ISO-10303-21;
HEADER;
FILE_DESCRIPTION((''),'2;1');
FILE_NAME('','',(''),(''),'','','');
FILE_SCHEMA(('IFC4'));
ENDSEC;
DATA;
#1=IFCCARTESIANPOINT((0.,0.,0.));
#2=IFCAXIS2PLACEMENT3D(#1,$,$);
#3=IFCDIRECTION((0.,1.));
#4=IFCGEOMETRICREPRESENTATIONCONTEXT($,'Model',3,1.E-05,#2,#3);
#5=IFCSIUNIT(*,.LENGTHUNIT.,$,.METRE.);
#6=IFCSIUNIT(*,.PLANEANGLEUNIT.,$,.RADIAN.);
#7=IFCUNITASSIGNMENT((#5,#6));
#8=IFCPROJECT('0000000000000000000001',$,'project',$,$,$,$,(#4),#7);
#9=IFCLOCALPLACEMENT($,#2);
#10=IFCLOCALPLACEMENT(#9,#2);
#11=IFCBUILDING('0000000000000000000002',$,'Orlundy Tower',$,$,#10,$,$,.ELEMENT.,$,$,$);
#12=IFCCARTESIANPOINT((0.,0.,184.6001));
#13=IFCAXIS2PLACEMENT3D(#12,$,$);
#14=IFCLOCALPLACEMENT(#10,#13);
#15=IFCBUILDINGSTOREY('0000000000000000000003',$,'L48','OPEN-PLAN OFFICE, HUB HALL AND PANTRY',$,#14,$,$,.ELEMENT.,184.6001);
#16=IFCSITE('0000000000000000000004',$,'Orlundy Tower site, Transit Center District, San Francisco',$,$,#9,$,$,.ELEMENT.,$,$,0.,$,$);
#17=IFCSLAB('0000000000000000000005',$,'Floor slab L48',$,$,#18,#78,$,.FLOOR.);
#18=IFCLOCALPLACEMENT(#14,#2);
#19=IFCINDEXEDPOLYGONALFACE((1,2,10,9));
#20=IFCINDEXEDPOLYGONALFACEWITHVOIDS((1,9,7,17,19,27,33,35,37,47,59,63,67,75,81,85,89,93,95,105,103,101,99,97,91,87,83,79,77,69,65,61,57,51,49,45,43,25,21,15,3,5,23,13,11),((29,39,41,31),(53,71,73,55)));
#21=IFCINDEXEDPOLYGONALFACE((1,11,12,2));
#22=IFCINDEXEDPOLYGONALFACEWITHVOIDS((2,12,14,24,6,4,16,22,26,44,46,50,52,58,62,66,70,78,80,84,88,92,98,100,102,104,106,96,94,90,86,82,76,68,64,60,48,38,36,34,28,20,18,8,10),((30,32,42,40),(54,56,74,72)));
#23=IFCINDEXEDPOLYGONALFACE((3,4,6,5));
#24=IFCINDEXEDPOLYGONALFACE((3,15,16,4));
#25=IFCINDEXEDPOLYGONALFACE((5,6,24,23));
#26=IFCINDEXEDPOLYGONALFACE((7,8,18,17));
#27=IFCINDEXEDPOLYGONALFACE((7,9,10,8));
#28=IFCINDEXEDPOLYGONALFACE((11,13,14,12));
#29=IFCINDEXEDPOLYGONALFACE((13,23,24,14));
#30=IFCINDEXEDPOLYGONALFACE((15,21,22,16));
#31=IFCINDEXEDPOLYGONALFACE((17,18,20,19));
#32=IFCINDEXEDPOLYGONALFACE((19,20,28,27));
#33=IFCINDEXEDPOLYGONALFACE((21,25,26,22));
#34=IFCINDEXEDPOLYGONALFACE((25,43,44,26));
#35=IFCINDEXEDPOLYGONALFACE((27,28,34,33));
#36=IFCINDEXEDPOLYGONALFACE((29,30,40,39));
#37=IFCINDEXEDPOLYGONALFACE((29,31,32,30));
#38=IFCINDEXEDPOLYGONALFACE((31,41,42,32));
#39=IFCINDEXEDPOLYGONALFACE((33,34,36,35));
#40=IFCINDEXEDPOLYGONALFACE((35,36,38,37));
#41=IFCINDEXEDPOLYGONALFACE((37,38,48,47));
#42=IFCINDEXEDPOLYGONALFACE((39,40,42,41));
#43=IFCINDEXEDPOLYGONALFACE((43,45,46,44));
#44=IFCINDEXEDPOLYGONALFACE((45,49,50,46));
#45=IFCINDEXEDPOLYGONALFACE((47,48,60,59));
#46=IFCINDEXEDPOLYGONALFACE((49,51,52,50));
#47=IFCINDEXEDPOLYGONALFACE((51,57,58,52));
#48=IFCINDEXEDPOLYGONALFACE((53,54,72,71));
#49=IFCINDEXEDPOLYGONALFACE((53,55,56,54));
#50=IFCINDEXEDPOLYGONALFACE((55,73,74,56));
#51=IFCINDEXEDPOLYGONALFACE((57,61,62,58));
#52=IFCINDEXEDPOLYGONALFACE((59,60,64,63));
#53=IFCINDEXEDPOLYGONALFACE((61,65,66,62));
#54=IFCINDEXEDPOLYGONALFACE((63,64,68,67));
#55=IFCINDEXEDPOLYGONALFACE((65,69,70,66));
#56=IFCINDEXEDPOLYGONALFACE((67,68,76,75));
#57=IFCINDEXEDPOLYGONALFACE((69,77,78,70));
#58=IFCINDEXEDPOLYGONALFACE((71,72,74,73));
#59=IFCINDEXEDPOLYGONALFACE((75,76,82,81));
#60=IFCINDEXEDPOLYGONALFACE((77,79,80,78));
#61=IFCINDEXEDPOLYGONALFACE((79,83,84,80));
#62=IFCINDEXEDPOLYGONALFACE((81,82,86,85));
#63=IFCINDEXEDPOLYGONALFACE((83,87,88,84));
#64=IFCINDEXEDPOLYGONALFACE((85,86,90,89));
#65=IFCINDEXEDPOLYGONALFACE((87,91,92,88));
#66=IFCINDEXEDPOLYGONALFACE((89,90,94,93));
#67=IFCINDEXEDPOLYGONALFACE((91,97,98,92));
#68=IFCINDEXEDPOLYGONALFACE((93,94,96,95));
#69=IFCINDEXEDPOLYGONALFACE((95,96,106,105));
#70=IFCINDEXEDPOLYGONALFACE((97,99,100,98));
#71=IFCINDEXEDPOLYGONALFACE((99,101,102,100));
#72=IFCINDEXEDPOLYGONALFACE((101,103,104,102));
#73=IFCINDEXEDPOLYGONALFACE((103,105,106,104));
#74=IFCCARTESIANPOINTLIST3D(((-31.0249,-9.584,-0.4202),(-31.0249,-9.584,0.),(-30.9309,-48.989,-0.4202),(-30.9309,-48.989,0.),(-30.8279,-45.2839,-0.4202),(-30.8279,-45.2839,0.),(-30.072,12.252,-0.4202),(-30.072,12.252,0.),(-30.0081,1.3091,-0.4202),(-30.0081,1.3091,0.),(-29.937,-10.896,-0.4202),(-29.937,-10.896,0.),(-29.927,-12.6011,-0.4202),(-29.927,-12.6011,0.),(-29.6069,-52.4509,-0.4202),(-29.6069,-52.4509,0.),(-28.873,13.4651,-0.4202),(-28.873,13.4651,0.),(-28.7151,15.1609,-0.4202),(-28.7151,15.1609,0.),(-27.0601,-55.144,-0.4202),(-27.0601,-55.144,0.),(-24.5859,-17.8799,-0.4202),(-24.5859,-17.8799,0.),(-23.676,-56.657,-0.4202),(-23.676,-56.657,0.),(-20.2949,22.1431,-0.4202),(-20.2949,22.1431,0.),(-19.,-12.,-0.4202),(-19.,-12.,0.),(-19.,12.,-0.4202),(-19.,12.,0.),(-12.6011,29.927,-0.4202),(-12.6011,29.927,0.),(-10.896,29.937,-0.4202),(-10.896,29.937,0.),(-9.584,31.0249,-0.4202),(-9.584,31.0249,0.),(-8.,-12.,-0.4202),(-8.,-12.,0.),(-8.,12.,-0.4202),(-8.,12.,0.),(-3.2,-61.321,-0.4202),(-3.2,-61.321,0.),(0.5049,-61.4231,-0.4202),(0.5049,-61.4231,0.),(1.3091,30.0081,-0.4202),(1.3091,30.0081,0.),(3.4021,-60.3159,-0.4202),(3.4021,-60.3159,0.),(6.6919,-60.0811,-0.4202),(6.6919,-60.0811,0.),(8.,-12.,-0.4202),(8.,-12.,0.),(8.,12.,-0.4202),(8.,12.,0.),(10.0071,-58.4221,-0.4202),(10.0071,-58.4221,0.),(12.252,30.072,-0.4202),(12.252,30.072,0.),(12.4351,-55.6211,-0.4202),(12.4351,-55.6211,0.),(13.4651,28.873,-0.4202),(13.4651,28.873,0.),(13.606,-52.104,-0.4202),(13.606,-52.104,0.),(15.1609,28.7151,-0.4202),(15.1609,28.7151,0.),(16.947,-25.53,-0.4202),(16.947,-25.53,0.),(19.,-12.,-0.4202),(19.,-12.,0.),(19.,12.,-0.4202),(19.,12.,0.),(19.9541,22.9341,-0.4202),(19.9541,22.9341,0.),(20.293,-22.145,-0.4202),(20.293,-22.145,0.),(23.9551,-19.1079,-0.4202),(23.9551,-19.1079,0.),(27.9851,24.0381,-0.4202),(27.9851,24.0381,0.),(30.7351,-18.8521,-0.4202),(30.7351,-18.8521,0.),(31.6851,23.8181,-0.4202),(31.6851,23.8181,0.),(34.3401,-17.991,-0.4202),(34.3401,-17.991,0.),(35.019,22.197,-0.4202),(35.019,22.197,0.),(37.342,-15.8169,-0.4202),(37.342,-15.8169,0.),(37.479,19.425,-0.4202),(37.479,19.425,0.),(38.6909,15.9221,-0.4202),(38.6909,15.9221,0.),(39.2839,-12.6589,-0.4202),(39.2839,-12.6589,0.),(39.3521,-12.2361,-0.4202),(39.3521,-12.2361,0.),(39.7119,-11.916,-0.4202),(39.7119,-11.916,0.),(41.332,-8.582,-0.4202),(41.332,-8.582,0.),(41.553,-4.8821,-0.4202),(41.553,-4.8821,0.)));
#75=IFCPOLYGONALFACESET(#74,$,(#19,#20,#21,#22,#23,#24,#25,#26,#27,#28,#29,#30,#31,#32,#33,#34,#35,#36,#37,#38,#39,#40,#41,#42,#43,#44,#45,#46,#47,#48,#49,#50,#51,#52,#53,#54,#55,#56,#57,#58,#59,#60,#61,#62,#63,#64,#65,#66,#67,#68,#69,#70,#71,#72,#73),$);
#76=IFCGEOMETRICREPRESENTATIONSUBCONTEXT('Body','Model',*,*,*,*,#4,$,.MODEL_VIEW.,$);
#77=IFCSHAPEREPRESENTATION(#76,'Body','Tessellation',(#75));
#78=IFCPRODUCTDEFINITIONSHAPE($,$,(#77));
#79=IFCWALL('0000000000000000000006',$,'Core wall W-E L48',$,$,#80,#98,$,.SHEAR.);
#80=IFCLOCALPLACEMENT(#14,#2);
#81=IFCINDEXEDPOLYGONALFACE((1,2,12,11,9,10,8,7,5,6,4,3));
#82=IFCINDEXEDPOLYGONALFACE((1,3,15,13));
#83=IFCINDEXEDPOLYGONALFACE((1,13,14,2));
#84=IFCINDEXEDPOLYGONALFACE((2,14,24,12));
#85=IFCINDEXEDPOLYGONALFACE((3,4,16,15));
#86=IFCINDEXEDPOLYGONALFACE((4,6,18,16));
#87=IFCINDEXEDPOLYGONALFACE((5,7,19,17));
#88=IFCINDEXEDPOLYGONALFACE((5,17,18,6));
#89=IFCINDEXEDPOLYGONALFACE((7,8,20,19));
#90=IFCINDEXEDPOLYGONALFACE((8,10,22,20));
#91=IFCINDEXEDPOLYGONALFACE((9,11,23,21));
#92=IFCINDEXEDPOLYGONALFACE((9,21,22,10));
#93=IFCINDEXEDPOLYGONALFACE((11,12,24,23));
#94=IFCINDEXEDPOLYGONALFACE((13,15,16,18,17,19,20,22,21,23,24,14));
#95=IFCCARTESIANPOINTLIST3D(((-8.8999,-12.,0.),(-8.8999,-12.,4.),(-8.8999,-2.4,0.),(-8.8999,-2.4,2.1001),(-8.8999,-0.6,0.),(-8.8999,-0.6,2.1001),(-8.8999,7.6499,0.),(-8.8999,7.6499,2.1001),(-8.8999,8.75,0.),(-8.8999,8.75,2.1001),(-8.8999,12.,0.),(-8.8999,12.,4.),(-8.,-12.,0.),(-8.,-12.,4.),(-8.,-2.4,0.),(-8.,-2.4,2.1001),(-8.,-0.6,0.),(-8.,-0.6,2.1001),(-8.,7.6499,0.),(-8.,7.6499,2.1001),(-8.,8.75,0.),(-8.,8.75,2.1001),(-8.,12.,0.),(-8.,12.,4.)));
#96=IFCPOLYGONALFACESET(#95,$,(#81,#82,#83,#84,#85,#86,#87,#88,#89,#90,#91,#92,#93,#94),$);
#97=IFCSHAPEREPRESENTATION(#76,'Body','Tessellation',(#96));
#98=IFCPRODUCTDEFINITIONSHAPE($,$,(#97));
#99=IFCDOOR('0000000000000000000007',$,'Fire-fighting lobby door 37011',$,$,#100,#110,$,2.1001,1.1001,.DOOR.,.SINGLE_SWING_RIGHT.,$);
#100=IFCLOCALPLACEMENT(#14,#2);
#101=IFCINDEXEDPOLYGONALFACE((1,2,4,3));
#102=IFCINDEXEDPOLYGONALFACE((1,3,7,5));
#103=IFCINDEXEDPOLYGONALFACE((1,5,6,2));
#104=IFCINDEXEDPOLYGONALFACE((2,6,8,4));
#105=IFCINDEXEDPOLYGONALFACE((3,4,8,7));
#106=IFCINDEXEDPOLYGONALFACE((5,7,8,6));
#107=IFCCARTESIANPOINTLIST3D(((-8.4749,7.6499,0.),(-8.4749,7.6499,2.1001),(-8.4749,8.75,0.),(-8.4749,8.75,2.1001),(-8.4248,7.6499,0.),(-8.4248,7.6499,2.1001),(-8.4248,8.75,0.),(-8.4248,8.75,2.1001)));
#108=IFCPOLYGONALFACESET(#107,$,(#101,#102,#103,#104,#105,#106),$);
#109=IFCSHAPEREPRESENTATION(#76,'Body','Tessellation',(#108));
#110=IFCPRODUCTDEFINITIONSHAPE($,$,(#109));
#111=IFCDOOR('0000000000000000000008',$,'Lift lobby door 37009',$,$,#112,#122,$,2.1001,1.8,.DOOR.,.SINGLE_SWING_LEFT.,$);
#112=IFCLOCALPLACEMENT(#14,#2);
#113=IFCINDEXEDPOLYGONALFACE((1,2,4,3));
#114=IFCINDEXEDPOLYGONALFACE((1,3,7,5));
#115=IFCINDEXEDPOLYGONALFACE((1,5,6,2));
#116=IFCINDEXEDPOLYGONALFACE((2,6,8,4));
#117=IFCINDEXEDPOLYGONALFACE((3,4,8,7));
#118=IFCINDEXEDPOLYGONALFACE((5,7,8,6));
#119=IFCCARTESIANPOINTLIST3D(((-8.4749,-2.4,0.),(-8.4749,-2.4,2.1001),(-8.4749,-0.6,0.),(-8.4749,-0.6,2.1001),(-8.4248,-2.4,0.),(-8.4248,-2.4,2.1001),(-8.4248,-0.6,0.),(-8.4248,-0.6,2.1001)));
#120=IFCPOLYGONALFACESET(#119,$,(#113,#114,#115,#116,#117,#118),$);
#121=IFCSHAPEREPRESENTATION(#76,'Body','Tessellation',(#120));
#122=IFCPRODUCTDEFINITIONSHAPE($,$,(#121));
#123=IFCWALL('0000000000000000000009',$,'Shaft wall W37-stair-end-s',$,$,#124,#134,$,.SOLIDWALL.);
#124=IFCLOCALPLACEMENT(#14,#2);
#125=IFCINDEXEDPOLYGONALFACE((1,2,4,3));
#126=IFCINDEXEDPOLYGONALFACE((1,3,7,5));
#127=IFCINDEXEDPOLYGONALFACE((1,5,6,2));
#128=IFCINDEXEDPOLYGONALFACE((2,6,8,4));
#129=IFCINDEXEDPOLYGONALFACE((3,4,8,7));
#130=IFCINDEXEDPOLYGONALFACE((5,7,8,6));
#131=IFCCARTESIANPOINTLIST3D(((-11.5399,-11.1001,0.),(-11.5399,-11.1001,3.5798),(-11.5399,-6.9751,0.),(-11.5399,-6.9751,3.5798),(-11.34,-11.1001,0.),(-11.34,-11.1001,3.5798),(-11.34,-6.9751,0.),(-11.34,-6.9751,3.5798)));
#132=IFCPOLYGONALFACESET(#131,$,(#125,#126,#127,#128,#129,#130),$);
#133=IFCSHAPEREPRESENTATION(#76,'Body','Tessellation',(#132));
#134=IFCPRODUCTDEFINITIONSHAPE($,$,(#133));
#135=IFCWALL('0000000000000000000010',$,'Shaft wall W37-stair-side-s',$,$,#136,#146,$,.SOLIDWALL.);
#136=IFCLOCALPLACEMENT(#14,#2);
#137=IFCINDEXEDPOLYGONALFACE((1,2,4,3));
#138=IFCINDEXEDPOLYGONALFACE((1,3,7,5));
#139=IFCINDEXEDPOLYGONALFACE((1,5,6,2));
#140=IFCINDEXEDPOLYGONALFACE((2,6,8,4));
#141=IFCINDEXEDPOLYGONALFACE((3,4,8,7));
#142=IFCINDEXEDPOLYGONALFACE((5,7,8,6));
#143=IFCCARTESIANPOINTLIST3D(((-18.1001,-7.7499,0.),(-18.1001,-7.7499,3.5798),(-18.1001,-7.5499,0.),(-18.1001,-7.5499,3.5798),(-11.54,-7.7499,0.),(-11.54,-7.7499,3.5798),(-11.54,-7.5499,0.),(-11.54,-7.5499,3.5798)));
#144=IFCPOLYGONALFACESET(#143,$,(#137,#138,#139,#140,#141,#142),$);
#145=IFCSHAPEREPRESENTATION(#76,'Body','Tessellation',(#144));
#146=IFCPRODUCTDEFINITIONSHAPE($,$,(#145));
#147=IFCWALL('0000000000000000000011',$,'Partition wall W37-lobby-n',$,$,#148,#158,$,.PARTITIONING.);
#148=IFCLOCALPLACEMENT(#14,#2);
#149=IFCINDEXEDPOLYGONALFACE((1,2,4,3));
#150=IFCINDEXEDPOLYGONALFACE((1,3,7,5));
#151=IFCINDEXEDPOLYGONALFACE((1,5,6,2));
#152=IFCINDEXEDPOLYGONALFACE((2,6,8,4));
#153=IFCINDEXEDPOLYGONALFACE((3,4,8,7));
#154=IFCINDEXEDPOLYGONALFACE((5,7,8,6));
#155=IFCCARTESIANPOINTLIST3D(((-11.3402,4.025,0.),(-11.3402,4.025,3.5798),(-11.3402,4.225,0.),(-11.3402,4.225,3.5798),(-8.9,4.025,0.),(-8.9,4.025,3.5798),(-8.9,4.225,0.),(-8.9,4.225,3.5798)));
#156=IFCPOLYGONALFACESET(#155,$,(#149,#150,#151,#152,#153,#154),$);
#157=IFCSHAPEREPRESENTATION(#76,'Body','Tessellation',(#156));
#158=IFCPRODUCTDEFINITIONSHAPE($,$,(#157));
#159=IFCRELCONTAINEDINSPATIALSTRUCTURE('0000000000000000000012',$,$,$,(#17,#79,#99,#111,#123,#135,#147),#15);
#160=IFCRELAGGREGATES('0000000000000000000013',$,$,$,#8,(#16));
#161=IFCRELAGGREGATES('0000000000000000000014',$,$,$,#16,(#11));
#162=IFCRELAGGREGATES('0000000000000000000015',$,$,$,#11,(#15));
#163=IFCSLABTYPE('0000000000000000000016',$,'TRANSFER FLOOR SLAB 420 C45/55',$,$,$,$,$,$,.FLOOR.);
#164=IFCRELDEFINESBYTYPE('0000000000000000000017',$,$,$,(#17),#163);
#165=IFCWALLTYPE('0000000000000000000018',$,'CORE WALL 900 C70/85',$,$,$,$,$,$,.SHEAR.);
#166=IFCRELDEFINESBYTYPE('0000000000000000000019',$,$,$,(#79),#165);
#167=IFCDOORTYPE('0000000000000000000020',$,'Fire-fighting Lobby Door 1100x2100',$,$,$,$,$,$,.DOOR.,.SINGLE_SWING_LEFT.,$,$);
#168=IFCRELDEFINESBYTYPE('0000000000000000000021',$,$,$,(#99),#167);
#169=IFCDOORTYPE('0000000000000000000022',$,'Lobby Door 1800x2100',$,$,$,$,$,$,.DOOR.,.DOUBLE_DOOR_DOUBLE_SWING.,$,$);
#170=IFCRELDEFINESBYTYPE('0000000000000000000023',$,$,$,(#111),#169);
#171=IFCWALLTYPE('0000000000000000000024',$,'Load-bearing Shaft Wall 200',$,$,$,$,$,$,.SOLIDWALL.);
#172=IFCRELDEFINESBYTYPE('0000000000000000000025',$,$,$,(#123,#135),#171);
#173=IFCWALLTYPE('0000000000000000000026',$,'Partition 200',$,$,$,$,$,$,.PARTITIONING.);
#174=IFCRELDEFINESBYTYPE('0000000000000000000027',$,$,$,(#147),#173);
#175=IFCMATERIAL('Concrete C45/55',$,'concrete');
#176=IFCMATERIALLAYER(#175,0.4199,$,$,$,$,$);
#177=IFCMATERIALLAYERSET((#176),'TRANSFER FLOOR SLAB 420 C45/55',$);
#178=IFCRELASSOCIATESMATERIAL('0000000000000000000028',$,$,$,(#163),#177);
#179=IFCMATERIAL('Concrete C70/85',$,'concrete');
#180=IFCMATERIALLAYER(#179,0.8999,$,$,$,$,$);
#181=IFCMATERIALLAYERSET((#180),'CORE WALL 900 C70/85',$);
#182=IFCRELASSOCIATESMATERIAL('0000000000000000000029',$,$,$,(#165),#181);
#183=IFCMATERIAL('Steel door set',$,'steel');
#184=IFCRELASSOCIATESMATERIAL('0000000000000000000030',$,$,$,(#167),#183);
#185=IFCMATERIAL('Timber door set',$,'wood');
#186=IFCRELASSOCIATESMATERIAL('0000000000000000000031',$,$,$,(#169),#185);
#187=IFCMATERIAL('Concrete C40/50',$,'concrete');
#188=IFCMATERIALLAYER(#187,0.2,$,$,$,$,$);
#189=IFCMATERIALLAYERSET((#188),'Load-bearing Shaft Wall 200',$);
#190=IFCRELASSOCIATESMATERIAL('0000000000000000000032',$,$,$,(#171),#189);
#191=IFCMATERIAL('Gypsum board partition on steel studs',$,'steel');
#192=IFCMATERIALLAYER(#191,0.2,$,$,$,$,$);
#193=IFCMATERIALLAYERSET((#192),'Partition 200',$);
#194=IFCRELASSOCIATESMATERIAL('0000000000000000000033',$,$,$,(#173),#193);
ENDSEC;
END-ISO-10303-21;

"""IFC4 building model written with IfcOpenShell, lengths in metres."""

from ifc_helpers import new_model, si_unit, direction, frame, frame_2d, origin, place, context, subcontext, project, spatial, polyline, rectangle, outline, extrude, material, layer, layer_set, type_object, element, fill, save


model = new_model("IFC4")

# Units and contexts
model_context = context("Model", 3, precision=1e-05, world=origin(), true_north=direction((0.0, 1.0)))
body_context = subcontext(model_context, "Body", "Model", "MODEL_VIEW")
ifc_project = project(units=[si_unit("LENGTHUNIT", "METRE"), si_unit("PLANEANGLEUNIT", "RADIAN")], contexts=[model_context])

# Site, building, storey
site_placement = place(None, origin())
site = spatial("IfcSite", under=ifc_project, at=site_placement, Name="Orlundy Tower site, Transit Center District, San Francisco", CompositionType="ELEMENT", RefElevation=0.0)
building_placement = place(site_placement, origin())
building = spatial("IfcBuilding", under=site, at=building_placement, Name="Orlundy Tower", CompositionType="ELEMENT")
storey_placement = place(building_placement, frame((0.0, 0.0, 184.6001)))
storey = spatial("IfcBuildingStorey", under=building, at=storey_placement, Name="L48", Description="OPEN-PLAN OFFICE, HUB HALL AND PANTRY", CompositionType="ELEMENT", Elevation=184.6001)

# Slab
ifc_material_1 = material(Name="Concrete C45/55", Category="concrete")
ifc_layer_1 = layer(ifc_material_1, 0.4199)
ifc_layer_set_1 = layer_set([ifc_layer_1], Name="TRANSFER FLOOR SLAB 420 C45/55")
slab_type_1 = type_object("IfcSlabType", Name="TRANSFER FLOOR SLAB 420 C45/55", PredefinedType="FLOOR", material=ifc_layer_set_1)
slab_1_placement = place(storey_placement, frame((0.0, 0.0, -0.4202)))
element("IfcSlab", 1, at=slab_1_placement, inside=storey, type_object=slab_type_1, Name="Floor slab L48", PredefinedType="FLOOR", context=body_context, shape_type="SweptSolid", body=[
    extrude(outline(polyline([(-29.927, -12.6011), (-29.937, -10.896), (-31.0249, -9.584), (-30.0081, 1.3091), (-30.072, 12.252), (-28.873, 13.4651), (-28.7151, 15.1609), (-20.2949, 22.1431), (-12.6011, 29.927), (-10.896, 29.937), (-9.584, 31.0249), (1.3091, 30.0081), (12.252, 30.072), (13.4651, 28.873), (15.1609, 28.7151), (19.9541, 22.9341), (27.9851, 24.0381), (31.6851, 23.8181), (35.019, 22.197), (37.479, 19.425), (38.6909, 15.9221), (41.553, -4.8821), (41.332, -8.582), (39.7119, -11.916), (39.3521, -12.2361), (39.2839, -12.6589), (37.342, -15.8169), (34.3401, -17.991), (30.7351, -18.8521), (23.9551, -19.1079), (20.293, -22.145), (16.947, -25.53), (13.606, -52.104), (12.4351, -55.6211), (10.0071, -58.4221), (6.6919, -60.0811), (3.4021, -60.3159), (0.5049, -61.4231), (-3.2, -61.321), (-23.676, -56.657), (-27.0601, -55.144), (-29.6069, -52.4509), (-30.9309, -48.989), (-30.8279, -45.2839), (-24.5859, -17.8799), (-29.927, -12.6011)]), holes=[polyline([(-8.0, -12.0), (-8.0, 12.0), (-19.0, 12.0), (-19.0, -12.0), (-8.0, -12.0)]), polyline([(19.0, -12.0), (19.0, 12.0), (8.0, 12.0), (8.0, -12.0), (19.0, -12.0)])]), origin(), (0.0, 0.0, 1.0), 0.4202),
])

# Wall, openings, doors
ifc_material_2 = material(Name="Concrete C70/85", Category="concrete")
ifc_layer_2 = layer(ifc_material_2, 0.8999)
ifc_layer_set_2 = layer_set([ifc_layer_2], Name="CORE WALL 900 C70/85")
wall_type_1 = type_object("IfcWallType", Name="CORE WALL 900 C70/85", PredefinedType="SHEAR", material=ifc_layer_set_2)
wall_1_placement = place(storey_placement, frame((-8.45, -12.0, 0.0), z_axis=(0.0, 0.0, 1.0), x_axis=(0.0, 1.0, 0.0)))
wall_1 = element("IfcWall", 2, at=wall_1_placement, inside=storey, type_object=wall_type_1, Name="Core wall W-E L48", PredefinedType="SHEAR", context=body_context, shape_type="SweptSolid", body=[
    extrude(rectangle(XDim=24.0, YDim=0.8999, at=frame_2d((12.0, 0.0))), origin(), (0.0, 0.0, 1.0), 4.0),
])
opening_1_placement = place(wall_1_placement, frame((9.6001, 0.0, 0.0)))
opening_1 = element("IfcOpeningElement", 3, at=opening_1_placement, cuts=wall_1, PredefinedType="OPENING", context=body_context, shape_type="SweptSolid", body=[
    extrude(rectangle(XDim=1.8, YDim=2.1001, at=frame_2d((0.8999, 1.05))), frame((0.0, 0.46, 0.0), z_axis=(0.0, -1.0, 0.0), x_axis=(1.0, 0.0, 0.0)), (0.0, 0.0, 1.0), 0.9199),
])
opening_2_placement = place(wall_1_placement, frame((19.6499, 0.0, 0.0)))
opening_2 = element("IfcOpeningElement", 4, at=opening_2_placement, cuts=wall_1, PredefinedType="OPENING", context=body_context, shape_type="SweptSolid", body=[
    extrude(rectangle(XDim=1.1001, YDim=2.1001, at=frame_2d((0.55, 1.05))), frame((0.0, 0.46, 0.0), z_axis=(0.0, -1.0, 0.0), x_axis=(1.0, 0.0, 0.0)), (0.0, 0.0, 1.0), 0.9199),
])
ifc_material_3 = material(Name="Steel door set", Category="steel")
door_type_1 = type_object("IfcDoorType", Name="Fire-fighting Lobby Door 1100x2100", OperationType="SINGLE_SWING_LEFT", PredefinedType="DOOR", material=ifc_material_3)
door_1_placement = place(opening_2_placement, origin())
door_1 = element("IfcDoor", 5, at=door_1_placement, inside=storey, type_object=door_type_1, Name="Fire-fighting lobby door 37011", OperationType="SINGLE_SWING_RIGHT", OverallHeight=2.1001, OverallWidth=1.1001, PredefinedType="DOOR", context=body_context, shape_type="SweptSolid", body=[
    extrude(rectangle(XDim=1.1001, YDim=2.1001, at=frame_2d((0.55, 1.05))), frame((0.0, 0.0249, 0.0), z_axis=(0.0, -1.0, 0.0), x_axis=(1.0, 0.0, 0.0)), (0.0, 0.0, 1.0), 0.05),
])
fill(opening_2, door_1)
ifc_material_4 = material(Name="Timber door set", Category="wood")
door_type_2 = type_object("IfcDoorType", Name="Lobby Door 1800x2100", OperationType="DOUBLE_DOOR_DOUBLE_SWING", PredefinedType="DOOR", material=ifc_material_4)
door_2_placement = place(opening_1_placement, origin())
door_2 = element("IfcDoor", 6, at=door_2_placement, inside=storey, type_object=door_type_2, Name="Lift lobby door 37009", OperationType="SINGLE_SWING_LEFT", OverallHeight=2.1001, OverallWidth=1.8, PredefinedType="DOOR", context=body_context, shape_type="SweptSolid", body=[
    extrude(rectangle(XDim=1.8, YDim=2.1001, at=frame_2d((0.8999, 1.05))), frame((0.0, 0.0249, 0.0), z_axis=(0.0, -1.0, 0.0), x_axis=(1.0, 0.0, 0.0)), (0.0, 0.0, 1.0), 0.05),
])
fill(opening_1, door_2)

# Walls
ifc_material_5 = material(Name="Concrete C40/50", Category="concrete")
ifc_layer_3 = layer(ifc_material_5, 0.2)
ifc_layer_set_3 = layer_set([ifc_layer_3], Name="Load-bearing Shaft Wall 200")
wall_type_2 = type_object("IfcWallType", Name="Load-bearing Shaft Wall 200", PredefinedType="SOLIDWALL", material=ifc_layer_set_3)
wall_2_placement = place(storey_placement, frame((-11.4399, -11.1001, 0.0), z_axis=(0.0, 0.0, 1.0), x_axis=(0.0, 1.0, 0.0)))
element("IfcWall", 7, at=wall_2_placement, inside=storey, type_object=wall_type_2, Name="Shaft wall W37-stair-end-s", PredefinedType="SOLIDWALL", context=body_context, shape_type="SweptSolid", body=[
    extrude(rectangle(XDim=4.125, YDim=0.2, at=frame_2d((2.0625, 0.0))), origin(), (0.0, 0.0, 1.0), 3.5798),
])
wall_3_placement = place(storey_placement, frame((-11.54, -7.6499, 0.0), z_axis=(0.0, 0.0, 1.0), x_axis=(-1.0, 0.0, 0.0)))
element("IfcWall", 8, at=wall_3_placement, inside=storey, type_object=wall_type_2, Name="Shaft wall W37-stair-side-s", PredefinedType="SOLIDWALL", context=body_context, shape_type="SweptSolid", body=[
    extrude(rectangle(XDim=6.5601, YDim=0.2, at=frame_2d((3.28, 0.0))), origin(), (0.0, 0.0, 1.0), 3.5798),
])
ifc_material_6 = material(Name="Gypsum board partition on steel studs", Category="steel")
ifc_layer_4 = layer(ifc_material_6, 0.2)
ifc_layer_set_4 = layer_set([ifc_layer_4], Name="Partition 200")
wall_type_3 = type_object("IfcWallType", Name="Partition 200", PredefinedType="PARTITIONING", material=ifc_layer_set_4)
wall_4_placement = place(storey_placement, frame((-8.8999, 4.125, 0.0), z_axis=(0.0, 0.0, 1.0), x_axis=(-1.0, 0.0, 0.0)))
element("IfcWall", 9, at=wall_4_placement, inside=storey, type_object=wall_type_3, Name="Partition wall W37-lobby-n", PredefinedType="PARTITIONING", context=body_context, shape_type="SweptSolid", body=[
    extrude(rectangle(XDim=2.4402, YDim=0.2, at=frame_2d((1.2202, 0.0))), origin(), (0.0, 0.0, 1.0), 3.5798),
])

save(model, "model.ifc")
